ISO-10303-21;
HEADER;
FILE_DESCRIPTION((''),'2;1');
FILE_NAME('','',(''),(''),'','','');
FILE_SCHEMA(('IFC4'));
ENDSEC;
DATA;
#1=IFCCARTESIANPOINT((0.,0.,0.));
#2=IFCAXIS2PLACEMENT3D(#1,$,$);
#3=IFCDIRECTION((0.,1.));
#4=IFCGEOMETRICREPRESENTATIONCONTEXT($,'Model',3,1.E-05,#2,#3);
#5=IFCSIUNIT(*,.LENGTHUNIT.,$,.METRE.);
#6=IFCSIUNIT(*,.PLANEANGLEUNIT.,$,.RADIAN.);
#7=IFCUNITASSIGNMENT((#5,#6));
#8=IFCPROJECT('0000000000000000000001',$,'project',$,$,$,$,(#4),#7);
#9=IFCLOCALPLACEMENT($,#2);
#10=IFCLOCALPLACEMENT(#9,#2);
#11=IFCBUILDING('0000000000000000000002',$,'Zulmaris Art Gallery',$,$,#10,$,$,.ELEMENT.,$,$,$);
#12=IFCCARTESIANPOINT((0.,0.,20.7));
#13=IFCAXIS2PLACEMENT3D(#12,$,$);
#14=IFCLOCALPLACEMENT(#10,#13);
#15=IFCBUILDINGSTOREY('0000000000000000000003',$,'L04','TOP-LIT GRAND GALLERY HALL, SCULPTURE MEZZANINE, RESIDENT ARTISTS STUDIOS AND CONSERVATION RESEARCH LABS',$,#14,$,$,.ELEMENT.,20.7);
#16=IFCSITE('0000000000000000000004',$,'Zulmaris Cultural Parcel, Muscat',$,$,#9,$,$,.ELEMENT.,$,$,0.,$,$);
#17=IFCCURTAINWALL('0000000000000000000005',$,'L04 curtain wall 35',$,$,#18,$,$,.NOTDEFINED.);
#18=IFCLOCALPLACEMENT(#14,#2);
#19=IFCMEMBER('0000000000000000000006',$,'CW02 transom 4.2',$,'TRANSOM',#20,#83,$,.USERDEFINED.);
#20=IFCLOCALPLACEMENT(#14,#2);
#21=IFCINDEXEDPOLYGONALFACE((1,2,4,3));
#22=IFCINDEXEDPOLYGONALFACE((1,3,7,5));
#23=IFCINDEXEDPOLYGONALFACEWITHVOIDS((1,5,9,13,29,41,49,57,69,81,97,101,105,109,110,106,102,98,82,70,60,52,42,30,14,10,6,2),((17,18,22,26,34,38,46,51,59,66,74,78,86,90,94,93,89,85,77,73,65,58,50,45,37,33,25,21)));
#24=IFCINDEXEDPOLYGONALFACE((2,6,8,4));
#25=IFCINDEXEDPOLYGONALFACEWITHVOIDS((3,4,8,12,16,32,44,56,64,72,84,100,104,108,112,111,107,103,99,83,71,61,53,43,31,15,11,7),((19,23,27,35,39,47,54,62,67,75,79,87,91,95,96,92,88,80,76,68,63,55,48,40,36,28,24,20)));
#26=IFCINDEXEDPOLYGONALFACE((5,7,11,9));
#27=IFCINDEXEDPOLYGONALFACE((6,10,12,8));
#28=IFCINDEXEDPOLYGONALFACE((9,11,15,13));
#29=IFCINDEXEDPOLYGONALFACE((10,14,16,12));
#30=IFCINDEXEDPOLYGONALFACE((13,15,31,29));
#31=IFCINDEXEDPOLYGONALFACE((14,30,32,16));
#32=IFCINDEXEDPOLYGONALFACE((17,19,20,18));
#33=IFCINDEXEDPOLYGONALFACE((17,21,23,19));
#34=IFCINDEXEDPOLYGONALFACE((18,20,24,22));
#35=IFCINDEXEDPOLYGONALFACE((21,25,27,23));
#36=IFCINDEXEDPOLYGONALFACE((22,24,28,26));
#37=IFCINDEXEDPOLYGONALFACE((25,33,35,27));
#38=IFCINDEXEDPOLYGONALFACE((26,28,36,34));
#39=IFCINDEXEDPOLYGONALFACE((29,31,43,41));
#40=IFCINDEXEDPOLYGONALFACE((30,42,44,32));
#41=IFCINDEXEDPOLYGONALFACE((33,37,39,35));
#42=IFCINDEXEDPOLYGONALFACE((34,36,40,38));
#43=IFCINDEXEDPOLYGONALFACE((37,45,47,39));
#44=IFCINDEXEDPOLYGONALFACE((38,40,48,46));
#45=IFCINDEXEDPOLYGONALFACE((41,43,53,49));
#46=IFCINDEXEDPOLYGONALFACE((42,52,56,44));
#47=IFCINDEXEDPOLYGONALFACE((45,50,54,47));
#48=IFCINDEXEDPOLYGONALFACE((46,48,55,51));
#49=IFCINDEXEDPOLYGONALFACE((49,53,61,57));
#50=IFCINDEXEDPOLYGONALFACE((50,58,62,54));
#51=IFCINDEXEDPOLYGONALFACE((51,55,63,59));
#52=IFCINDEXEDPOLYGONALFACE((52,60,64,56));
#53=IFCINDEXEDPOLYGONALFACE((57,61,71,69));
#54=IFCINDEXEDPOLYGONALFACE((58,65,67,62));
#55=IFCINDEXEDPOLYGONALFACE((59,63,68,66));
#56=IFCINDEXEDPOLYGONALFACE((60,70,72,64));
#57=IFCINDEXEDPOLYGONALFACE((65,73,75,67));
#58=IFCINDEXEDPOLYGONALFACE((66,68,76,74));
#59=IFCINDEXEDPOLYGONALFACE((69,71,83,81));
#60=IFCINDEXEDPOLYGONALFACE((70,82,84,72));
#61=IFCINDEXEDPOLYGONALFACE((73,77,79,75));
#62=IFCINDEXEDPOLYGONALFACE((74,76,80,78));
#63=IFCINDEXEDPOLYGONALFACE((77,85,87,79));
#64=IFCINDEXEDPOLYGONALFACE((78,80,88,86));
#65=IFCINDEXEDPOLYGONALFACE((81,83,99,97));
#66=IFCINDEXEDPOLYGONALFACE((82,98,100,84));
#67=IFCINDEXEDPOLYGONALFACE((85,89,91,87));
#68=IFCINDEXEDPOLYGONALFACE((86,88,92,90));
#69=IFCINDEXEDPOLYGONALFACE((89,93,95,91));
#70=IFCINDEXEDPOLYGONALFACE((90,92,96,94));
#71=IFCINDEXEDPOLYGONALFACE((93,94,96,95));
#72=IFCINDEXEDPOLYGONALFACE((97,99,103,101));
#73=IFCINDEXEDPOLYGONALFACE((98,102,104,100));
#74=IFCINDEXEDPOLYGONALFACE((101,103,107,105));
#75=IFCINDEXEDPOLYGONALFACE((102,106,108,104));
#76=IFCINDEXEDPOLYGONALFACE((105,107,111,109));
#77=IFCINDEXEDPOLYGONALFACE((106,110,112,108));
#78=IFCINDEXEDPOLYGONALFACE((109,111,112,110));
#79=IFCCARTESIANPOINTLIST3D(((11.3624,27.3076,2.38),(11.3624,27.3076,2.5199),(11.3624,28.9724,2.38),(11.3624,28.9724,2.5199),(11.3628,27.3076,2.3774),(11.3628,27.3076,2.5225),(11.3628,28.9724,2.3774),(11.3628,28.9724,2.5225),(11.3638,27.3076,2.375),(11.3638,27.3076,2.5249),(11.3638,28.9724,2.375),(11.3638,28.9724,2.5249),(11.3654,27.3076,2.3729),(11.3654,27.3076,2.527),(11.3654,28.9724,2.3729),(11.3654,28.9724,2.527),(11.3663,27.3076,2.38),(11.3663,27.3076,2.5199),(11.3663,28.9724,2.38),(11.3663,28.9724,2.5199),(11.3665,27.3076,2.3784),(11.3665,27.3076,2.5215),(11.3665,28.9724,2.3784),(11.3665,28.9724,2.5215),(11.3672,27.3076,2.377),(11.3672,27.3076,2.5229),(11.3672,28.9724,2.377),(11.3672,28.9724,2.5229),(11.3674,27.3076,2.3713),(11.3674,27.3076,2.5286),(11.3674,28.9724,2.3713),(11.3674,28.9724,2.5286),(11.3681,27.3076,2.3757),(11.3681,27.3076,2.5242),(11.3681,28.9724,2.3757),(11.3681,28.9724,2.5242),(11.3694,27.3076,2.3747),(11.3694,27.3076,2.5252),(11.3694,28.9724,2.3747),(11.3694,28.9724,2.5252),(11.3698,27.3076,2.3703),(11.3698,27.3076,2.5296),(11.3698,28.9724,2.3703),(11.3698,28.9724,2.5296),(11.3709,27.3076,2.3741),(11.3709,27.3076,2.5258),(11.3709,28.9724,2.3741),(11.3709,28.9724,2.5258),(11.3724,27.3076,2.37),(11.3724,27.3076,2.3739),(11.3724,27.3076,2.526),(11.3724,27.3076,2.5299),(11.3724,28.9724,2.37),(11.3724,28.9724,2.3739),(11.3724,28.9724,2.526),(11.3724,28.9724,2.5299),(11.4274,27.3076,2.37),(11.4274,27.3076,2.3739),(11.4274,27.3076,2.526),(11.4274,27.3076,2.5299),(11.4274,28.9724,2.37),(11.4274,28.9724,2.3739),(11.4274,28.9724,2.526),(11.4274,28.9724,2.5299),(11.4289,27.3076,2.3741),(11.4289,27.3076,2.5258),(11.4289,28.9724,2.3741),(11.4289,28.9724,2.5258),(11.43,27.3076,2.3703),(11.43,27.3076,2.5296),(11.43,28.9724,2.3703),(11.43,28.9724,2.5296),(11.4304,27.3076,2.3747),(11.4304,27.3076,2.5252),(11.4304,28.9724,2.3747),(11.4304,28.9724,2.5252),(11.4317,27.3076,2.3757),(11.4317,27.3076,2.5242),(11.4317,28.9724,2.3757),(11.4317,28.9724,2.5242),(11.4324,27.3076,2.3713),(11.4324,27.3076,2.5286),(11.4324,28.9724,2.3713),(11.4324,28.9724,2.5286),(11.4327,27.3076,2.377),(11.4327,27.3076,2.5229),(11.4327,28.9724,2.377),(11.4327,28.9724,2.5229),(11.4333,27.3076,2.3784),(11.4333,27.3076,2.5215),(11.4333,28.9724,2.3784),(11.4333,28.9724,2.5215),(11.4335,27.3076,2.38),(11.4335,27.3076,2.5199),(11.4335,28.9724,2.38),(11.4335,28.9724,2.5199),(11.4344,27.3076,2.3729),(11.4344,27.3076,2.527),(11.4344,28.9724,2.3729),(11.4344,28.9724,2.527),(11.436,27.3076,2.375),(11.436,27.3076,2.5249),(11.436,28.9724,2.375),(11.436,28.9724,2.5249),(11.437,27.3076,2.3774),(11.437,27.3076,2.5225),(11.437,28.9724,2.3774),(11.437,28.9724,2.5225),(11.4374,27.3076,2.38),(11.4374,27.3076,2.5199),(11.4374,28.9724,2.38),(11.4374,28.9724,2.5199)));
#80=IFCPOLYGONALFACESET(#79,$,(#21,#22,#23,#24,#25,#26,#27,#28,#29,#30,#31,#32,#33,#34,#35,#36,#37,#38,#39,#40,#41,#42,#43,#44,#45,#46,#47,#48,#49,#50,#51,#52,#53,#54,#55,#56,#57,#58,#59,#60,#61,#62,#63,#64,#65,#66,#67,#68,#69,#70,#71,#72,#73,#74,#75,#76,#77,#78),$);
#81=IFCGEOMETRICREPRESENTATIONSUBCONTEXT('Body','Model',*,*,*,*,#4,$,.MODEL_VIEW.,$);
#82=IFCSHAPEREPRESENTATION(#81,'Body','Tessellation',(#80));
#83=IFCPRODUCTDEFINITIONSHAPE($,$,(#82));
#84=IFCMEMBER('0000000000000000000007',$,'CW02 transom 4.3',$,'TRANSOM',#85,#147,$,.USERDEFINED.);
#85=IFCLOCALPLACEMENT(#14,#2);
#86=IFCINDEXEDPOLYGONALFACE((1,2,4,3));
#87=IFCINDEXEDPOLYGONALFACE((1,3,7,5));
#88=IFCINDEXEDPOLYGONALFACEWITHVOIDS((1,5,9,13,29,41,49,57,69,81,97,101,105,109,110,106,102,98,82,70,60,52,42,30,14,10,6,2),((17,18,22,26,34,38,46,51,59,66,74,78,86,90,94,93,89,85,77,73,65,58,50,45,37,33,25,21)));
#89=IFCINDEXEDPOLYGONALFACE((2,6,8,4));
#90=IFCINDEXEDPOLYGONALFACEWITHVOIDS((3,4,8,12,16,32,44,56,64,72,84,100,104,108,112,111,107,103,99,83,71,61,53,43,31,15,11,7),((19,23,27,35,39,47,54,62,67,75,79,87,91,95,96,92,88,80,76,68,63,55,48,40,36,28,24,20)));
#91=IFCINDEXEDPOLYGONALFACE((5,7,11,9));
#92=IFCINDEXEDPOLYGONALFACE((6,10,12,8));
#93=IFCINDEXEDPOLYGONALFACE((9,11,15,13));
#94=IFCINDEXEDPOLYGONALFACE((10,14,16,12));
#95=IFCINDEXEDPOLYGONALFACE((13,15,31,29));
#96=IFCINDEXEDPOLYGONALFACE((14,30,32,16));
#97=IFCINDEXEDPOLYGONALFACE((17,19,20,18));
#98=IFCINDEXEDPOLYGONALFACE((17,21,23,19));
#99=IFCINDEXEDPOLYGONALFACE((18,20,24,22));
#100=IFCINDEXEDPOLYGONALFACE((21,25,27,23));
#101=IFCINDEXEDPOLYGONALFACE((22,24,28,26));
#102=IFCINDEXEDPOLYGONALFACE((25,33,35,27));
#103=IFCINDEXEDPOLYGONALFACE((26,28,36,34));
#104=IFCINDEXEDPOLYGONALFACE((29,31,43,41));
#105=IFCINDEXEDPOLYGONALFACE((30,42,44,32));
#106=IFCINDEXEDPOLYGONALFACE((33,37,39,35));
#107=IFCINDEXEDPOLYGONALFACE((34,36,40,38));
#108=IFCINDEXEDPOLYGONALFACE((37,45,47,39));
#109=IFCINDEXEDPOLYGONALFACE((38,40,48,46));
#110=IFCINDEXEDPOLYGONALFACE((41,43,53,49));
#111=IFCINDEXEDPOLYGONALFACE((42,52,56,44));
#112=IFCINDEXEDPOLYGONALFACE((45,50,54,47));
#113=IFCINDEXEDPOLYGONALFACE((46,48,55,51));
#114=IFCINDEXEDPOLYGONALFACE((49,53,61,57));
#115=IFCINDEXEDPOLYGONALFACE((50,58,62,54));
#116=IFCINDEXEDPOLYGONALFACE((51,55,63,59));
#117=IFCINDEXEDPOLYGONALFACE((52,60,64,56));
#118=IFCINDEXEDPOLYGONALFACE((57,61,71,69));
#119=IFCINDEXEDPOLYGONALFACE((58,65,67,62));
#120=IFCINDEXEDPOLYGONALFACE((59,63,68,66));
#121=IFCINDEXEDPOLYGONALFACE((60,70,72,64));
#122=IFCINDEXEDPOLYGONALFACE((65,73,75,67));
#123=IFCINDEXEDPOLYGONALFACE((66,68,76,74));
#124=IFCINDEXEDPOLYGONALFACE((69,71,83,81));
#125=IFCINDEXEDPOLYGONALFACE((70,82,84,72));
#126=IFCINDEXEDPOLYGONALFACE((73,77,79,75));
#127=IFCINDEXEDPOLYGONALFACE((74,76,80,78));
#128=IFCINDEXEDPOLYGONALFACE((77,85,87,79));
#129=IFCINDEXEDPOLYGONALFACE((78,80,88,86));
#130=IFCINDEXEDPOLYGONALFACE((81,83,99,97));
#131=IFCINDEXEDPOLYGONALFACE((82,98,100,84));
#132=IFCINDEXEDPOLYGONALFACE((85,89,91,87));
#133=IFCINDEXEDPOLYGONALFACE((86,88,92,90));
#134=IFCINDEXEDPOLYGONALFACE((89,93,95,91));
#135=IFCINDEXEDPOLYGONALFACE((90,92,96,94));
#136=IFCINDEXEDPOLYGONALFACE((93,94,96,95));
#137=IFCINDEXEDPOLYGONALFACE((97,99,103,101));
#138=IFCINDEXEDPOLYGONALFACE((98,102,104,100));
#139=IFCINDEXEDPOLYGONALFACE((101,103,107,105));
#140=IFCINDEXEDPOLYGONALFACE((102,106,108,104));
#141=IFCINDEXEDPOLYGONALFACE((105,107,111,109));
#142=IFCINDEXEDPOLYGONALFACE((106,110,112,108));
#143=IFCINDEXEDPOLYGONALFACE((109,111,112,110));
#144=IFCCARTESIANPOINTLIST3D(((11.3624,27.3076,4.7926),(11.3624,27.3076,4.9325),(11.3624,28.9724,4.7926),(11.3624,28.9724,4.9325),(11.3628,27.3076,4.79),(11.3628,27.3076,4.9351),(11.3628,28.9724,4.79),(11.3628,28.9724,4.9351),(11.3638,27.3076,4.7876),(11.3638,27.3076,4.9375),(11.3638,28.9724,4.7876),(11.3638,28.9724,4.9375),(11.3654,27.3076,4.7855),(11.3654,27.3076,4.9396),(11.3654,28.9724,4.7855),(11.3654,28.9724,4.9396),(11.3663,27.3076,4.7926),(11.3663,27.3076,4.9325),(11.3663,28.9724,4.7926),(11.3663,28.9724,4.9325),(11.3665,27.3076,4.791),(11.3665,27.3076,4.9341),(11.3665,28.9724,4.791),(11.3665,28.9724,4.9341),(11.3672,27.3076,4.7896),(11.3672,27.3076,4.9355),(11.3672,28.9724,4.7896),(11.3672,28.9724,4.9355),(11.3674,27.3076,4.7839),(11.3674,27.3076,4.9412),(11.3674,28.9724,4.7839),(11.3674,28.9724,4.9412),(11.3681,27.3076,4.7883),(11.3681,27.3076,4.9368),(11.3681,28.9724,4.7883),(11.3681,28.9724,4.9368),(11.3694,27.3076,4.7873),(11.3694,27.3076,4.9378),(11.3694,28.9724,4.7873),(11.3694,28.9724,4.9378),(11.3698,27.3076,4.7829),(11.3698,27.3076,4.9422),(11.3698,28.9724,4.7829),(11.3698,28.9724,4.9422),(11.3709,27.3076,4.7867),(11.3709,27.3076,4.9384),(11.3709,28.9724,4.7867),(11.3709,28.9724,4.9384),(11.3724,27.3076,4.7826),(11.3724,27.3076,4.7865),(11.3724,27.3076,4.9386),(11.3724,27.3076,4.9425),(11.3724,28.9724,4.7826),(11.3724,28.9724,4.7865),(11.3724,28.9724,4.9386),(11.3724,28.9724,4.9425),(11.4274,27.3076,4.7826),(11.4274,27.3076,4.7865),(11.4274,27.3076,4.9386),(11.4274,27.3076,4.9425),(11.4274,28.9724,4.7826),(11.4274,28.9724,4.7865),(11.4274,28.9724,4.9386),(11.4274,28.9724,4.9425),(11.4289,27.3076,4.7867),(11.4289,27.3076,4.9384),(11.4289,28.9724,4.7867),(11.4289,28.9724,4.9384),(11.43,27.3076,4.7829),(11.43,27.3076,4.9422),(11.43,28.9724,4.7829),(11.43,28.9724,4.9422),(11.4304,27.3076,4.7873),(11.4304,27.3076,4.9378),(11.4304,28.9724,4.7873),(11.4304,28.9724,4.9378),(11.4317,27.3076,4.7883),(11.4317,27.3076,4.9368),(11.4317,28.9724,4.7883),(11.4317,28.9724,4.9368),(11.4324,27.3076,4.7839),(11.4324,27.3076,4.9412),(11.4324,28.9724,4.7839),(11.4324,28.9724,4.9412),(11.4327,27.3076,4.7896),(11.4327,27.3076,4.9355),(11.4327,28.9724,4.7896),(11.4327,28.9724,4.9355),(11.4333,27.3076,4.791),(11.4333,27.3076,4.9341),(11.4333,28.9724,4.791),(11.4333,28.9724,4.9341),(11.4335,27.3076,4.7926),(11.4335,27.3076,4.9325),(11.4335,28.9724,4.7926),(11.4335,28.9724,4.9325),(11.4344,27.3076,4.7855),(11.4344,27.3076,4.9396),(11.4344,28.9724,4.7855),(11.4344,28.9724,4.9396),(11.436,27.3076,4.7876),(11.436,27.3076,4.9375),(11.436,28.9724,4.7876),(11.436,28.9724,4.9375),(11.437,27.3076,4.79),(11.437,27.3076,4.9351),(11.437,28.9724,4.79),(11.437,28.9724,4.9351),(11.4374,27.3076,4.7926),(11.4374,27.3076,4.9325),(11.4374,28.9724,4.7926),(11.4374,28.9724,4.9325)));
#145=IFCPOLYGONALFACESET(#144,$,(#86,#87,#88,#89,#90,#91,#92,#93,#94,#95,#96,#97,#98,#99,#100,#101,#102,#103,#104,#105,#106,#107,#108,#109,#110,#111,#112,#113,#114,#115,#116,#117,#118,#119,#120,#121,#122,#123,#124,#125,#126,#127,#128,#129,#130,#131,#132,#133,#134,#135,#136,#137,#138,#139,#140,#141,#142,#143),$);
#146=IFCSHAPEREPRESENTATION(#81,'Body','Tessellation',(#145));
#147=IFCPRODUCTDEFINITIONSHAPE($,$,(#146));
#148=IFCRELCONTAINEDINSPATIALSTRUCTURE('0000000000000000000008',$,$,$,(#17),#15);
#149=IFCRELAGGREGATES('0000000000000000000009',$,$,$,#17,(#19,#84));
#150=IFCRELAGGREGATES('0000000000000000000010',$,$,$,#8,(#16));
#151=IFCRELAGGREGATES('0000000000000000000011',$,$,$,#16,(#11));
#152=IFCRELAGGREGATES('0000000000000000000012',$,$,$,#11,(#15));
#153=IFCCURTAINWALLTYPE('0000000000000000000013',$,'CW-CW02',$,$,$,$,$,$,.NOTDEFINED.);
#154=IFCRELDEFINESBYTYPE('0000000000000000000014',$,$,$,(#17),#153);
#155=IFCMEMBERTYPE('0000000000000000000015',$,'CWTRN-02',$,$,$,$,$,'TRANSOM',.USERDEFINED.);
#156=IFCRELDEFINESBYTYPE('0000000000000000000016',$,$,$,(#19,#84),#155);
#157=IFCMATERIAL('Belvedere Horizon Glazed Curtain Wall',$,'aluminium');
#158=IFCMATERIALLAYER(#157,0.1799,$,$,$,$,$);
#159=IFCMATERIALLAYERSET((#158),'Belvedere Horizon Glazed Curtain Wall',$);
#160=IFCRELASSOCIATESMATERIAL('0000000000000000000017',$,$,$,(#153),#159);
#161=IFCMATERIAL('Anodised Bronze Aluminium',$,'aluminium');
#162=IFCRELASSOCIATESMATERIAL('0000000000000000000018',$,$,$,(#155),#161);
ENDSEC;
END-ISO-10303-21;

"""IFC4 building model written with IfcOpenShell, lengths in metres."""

from ifc_helpers import new_model, si_unit, direction, frame, origin, origin_2d, place, context, subcontext, project, spatial, hollow_rectangle, extrude, material, layer, layer_set, material_profile, profile_set, type_object, element, aggregate, save


model = new_model("IFC4")

# Units and contexts
model_context = context("Model", 3, precision=1e-05, world=origin(), true_north=direction((0.0, 1.0)))
body_context = subcontext(model_context, "Body", "Model", "MODEL_VIEW")
ifc_project = project(units=[si_unit("LENGTHUNIT", "METRE"), si_unit("PLANEANGLEUNIT", "RADIAN")], contexts=[model_context])

# Site, building, storey
site_placement = place(None, origin())
site = spatial("IfcSite", under=ifc_project, at=site_placement, Name="Zulmaris Cultural Parcel, Muscat", CompositionType="ELEMENT", RefElevation=0.0)
building_placement = place(site_placement, origin())
building = spatial("IfcBuilding", under=site, at=building_placement, Name="Zulmaris Art Gallery", CompositionType="ELEMENT")
storey_placement = place(building_placement, frame((0.0, 0.0, 20.7)))
storey = spatial("IfcBuildingStorey", under=building, at=storey_placement, Name="L04", Description="TOP-LIT GRAND GALLERY HALL, SCULPTURE MEZZANINE, RESIDENT ARTISTS STUDIOS AND CONSERVATION RESEARCH LABS", CompositionType="ELEMENT", Elevation=20.7)

# Curtain wall
ifc_material_1 = material(Name="Belvedere Horizon Glazed Curtain Wall", Category="aluminium")
ifc_layer_1 = layer(ifc_material_1, 0.1799)
ifc_layer_set_1 = layer_set([ifc_layer_1], Name="Belvedere Horizon Glazed Curtain Wall")
curtain_wall_type = type_object("IfcCurtainWallType", Name="CW-CW02", PredefinedType="NOTDEFINED", material=ifc_layer_set_1)
curtain_wall_1_placement = place(storey_placement, origin())
curtain_wall_1 = element("IfcCurtainWall", 1, at=curtain_wall_1_placement, inside=storey, type_object=curtain_wall_type, Name="L04 curtain wall 35", PredefinedType="NOTDEFINED")
ifc_material_2 = material(Name="Anodised Bronze Aluminium", Category="aluminium")

# Members
ifc_material_profile_1 = material_profile(ifc_material_2, hollow_rectangle(XDim=0.075, YDim=0.1599, WallThickness=0.0039, InnerFilletRadius=0.0061, OuterFilletRadius=0.01, at=origin_2d()), Name="ALU 75x160x4")
ifc_profile_set_1 = profile_set([ifc_material_profile_1], Name="Anodised Bronze Aluminium")
member_type_1 = type_object("IfcMemberType", Name="CWTRN-02", ElementType="TRANSOM", PredefinedType="USERDEFINED", material=ifc_profile_set_1)
member_1_placement = place(storey_placement, frame((11.3999, 27.3076, 2.45), z_axis=(0.0, 1.0, 0.0), x_axis=(-1.0, 0.0, 0.0)))
member_1 = element("IfcMember", 2, at=member_1_placement, type_object=member_type_1, Name="CW02 transom 4.2", ObjectType="TRANSOM", PredefinedType="USERDEFINED", context=body_context, shape_type="SweptSolid", body=[
    extrude(hollow_rectangle(XDim=0.075, YDim=0.1599, WallThickness=0.0039, InnerFilletRadius=0.0061, OuterFilletRadius=0.01, at=origin_2d()), origin(), (0.0, 0.0, 1.0), 1.6648),
])
member_2_placement = place(storey_placement, frame((11.3999, 27.3076, 4.8625), z_axis=(0.0, 1.0, 0.0), x_axis=(-1.0, 0.0, 0.0)))
member_2 = element("IfcMember", 3, at=member_2_placement, type_object=member_type_1, Name="CW02 transom 4.3", ObjectType="TRANSOM", PredefinedType="USERDEFINED", context=body_context, shape_type="SweptSolid", body=[
    extrude(hollow_rectangle(XDim=0.075, YDim=0.1599, WallThickness=0.0039, InnerFilletRadius=0.0061, OuterFilletRadius=0.01, at=origin_2d()), origin(), (0.0, 0.0, 1.0), 1.6648),
])

aggregate(curtain_wall_1, [member_1, member_2])

save(model, "model.ifc")
